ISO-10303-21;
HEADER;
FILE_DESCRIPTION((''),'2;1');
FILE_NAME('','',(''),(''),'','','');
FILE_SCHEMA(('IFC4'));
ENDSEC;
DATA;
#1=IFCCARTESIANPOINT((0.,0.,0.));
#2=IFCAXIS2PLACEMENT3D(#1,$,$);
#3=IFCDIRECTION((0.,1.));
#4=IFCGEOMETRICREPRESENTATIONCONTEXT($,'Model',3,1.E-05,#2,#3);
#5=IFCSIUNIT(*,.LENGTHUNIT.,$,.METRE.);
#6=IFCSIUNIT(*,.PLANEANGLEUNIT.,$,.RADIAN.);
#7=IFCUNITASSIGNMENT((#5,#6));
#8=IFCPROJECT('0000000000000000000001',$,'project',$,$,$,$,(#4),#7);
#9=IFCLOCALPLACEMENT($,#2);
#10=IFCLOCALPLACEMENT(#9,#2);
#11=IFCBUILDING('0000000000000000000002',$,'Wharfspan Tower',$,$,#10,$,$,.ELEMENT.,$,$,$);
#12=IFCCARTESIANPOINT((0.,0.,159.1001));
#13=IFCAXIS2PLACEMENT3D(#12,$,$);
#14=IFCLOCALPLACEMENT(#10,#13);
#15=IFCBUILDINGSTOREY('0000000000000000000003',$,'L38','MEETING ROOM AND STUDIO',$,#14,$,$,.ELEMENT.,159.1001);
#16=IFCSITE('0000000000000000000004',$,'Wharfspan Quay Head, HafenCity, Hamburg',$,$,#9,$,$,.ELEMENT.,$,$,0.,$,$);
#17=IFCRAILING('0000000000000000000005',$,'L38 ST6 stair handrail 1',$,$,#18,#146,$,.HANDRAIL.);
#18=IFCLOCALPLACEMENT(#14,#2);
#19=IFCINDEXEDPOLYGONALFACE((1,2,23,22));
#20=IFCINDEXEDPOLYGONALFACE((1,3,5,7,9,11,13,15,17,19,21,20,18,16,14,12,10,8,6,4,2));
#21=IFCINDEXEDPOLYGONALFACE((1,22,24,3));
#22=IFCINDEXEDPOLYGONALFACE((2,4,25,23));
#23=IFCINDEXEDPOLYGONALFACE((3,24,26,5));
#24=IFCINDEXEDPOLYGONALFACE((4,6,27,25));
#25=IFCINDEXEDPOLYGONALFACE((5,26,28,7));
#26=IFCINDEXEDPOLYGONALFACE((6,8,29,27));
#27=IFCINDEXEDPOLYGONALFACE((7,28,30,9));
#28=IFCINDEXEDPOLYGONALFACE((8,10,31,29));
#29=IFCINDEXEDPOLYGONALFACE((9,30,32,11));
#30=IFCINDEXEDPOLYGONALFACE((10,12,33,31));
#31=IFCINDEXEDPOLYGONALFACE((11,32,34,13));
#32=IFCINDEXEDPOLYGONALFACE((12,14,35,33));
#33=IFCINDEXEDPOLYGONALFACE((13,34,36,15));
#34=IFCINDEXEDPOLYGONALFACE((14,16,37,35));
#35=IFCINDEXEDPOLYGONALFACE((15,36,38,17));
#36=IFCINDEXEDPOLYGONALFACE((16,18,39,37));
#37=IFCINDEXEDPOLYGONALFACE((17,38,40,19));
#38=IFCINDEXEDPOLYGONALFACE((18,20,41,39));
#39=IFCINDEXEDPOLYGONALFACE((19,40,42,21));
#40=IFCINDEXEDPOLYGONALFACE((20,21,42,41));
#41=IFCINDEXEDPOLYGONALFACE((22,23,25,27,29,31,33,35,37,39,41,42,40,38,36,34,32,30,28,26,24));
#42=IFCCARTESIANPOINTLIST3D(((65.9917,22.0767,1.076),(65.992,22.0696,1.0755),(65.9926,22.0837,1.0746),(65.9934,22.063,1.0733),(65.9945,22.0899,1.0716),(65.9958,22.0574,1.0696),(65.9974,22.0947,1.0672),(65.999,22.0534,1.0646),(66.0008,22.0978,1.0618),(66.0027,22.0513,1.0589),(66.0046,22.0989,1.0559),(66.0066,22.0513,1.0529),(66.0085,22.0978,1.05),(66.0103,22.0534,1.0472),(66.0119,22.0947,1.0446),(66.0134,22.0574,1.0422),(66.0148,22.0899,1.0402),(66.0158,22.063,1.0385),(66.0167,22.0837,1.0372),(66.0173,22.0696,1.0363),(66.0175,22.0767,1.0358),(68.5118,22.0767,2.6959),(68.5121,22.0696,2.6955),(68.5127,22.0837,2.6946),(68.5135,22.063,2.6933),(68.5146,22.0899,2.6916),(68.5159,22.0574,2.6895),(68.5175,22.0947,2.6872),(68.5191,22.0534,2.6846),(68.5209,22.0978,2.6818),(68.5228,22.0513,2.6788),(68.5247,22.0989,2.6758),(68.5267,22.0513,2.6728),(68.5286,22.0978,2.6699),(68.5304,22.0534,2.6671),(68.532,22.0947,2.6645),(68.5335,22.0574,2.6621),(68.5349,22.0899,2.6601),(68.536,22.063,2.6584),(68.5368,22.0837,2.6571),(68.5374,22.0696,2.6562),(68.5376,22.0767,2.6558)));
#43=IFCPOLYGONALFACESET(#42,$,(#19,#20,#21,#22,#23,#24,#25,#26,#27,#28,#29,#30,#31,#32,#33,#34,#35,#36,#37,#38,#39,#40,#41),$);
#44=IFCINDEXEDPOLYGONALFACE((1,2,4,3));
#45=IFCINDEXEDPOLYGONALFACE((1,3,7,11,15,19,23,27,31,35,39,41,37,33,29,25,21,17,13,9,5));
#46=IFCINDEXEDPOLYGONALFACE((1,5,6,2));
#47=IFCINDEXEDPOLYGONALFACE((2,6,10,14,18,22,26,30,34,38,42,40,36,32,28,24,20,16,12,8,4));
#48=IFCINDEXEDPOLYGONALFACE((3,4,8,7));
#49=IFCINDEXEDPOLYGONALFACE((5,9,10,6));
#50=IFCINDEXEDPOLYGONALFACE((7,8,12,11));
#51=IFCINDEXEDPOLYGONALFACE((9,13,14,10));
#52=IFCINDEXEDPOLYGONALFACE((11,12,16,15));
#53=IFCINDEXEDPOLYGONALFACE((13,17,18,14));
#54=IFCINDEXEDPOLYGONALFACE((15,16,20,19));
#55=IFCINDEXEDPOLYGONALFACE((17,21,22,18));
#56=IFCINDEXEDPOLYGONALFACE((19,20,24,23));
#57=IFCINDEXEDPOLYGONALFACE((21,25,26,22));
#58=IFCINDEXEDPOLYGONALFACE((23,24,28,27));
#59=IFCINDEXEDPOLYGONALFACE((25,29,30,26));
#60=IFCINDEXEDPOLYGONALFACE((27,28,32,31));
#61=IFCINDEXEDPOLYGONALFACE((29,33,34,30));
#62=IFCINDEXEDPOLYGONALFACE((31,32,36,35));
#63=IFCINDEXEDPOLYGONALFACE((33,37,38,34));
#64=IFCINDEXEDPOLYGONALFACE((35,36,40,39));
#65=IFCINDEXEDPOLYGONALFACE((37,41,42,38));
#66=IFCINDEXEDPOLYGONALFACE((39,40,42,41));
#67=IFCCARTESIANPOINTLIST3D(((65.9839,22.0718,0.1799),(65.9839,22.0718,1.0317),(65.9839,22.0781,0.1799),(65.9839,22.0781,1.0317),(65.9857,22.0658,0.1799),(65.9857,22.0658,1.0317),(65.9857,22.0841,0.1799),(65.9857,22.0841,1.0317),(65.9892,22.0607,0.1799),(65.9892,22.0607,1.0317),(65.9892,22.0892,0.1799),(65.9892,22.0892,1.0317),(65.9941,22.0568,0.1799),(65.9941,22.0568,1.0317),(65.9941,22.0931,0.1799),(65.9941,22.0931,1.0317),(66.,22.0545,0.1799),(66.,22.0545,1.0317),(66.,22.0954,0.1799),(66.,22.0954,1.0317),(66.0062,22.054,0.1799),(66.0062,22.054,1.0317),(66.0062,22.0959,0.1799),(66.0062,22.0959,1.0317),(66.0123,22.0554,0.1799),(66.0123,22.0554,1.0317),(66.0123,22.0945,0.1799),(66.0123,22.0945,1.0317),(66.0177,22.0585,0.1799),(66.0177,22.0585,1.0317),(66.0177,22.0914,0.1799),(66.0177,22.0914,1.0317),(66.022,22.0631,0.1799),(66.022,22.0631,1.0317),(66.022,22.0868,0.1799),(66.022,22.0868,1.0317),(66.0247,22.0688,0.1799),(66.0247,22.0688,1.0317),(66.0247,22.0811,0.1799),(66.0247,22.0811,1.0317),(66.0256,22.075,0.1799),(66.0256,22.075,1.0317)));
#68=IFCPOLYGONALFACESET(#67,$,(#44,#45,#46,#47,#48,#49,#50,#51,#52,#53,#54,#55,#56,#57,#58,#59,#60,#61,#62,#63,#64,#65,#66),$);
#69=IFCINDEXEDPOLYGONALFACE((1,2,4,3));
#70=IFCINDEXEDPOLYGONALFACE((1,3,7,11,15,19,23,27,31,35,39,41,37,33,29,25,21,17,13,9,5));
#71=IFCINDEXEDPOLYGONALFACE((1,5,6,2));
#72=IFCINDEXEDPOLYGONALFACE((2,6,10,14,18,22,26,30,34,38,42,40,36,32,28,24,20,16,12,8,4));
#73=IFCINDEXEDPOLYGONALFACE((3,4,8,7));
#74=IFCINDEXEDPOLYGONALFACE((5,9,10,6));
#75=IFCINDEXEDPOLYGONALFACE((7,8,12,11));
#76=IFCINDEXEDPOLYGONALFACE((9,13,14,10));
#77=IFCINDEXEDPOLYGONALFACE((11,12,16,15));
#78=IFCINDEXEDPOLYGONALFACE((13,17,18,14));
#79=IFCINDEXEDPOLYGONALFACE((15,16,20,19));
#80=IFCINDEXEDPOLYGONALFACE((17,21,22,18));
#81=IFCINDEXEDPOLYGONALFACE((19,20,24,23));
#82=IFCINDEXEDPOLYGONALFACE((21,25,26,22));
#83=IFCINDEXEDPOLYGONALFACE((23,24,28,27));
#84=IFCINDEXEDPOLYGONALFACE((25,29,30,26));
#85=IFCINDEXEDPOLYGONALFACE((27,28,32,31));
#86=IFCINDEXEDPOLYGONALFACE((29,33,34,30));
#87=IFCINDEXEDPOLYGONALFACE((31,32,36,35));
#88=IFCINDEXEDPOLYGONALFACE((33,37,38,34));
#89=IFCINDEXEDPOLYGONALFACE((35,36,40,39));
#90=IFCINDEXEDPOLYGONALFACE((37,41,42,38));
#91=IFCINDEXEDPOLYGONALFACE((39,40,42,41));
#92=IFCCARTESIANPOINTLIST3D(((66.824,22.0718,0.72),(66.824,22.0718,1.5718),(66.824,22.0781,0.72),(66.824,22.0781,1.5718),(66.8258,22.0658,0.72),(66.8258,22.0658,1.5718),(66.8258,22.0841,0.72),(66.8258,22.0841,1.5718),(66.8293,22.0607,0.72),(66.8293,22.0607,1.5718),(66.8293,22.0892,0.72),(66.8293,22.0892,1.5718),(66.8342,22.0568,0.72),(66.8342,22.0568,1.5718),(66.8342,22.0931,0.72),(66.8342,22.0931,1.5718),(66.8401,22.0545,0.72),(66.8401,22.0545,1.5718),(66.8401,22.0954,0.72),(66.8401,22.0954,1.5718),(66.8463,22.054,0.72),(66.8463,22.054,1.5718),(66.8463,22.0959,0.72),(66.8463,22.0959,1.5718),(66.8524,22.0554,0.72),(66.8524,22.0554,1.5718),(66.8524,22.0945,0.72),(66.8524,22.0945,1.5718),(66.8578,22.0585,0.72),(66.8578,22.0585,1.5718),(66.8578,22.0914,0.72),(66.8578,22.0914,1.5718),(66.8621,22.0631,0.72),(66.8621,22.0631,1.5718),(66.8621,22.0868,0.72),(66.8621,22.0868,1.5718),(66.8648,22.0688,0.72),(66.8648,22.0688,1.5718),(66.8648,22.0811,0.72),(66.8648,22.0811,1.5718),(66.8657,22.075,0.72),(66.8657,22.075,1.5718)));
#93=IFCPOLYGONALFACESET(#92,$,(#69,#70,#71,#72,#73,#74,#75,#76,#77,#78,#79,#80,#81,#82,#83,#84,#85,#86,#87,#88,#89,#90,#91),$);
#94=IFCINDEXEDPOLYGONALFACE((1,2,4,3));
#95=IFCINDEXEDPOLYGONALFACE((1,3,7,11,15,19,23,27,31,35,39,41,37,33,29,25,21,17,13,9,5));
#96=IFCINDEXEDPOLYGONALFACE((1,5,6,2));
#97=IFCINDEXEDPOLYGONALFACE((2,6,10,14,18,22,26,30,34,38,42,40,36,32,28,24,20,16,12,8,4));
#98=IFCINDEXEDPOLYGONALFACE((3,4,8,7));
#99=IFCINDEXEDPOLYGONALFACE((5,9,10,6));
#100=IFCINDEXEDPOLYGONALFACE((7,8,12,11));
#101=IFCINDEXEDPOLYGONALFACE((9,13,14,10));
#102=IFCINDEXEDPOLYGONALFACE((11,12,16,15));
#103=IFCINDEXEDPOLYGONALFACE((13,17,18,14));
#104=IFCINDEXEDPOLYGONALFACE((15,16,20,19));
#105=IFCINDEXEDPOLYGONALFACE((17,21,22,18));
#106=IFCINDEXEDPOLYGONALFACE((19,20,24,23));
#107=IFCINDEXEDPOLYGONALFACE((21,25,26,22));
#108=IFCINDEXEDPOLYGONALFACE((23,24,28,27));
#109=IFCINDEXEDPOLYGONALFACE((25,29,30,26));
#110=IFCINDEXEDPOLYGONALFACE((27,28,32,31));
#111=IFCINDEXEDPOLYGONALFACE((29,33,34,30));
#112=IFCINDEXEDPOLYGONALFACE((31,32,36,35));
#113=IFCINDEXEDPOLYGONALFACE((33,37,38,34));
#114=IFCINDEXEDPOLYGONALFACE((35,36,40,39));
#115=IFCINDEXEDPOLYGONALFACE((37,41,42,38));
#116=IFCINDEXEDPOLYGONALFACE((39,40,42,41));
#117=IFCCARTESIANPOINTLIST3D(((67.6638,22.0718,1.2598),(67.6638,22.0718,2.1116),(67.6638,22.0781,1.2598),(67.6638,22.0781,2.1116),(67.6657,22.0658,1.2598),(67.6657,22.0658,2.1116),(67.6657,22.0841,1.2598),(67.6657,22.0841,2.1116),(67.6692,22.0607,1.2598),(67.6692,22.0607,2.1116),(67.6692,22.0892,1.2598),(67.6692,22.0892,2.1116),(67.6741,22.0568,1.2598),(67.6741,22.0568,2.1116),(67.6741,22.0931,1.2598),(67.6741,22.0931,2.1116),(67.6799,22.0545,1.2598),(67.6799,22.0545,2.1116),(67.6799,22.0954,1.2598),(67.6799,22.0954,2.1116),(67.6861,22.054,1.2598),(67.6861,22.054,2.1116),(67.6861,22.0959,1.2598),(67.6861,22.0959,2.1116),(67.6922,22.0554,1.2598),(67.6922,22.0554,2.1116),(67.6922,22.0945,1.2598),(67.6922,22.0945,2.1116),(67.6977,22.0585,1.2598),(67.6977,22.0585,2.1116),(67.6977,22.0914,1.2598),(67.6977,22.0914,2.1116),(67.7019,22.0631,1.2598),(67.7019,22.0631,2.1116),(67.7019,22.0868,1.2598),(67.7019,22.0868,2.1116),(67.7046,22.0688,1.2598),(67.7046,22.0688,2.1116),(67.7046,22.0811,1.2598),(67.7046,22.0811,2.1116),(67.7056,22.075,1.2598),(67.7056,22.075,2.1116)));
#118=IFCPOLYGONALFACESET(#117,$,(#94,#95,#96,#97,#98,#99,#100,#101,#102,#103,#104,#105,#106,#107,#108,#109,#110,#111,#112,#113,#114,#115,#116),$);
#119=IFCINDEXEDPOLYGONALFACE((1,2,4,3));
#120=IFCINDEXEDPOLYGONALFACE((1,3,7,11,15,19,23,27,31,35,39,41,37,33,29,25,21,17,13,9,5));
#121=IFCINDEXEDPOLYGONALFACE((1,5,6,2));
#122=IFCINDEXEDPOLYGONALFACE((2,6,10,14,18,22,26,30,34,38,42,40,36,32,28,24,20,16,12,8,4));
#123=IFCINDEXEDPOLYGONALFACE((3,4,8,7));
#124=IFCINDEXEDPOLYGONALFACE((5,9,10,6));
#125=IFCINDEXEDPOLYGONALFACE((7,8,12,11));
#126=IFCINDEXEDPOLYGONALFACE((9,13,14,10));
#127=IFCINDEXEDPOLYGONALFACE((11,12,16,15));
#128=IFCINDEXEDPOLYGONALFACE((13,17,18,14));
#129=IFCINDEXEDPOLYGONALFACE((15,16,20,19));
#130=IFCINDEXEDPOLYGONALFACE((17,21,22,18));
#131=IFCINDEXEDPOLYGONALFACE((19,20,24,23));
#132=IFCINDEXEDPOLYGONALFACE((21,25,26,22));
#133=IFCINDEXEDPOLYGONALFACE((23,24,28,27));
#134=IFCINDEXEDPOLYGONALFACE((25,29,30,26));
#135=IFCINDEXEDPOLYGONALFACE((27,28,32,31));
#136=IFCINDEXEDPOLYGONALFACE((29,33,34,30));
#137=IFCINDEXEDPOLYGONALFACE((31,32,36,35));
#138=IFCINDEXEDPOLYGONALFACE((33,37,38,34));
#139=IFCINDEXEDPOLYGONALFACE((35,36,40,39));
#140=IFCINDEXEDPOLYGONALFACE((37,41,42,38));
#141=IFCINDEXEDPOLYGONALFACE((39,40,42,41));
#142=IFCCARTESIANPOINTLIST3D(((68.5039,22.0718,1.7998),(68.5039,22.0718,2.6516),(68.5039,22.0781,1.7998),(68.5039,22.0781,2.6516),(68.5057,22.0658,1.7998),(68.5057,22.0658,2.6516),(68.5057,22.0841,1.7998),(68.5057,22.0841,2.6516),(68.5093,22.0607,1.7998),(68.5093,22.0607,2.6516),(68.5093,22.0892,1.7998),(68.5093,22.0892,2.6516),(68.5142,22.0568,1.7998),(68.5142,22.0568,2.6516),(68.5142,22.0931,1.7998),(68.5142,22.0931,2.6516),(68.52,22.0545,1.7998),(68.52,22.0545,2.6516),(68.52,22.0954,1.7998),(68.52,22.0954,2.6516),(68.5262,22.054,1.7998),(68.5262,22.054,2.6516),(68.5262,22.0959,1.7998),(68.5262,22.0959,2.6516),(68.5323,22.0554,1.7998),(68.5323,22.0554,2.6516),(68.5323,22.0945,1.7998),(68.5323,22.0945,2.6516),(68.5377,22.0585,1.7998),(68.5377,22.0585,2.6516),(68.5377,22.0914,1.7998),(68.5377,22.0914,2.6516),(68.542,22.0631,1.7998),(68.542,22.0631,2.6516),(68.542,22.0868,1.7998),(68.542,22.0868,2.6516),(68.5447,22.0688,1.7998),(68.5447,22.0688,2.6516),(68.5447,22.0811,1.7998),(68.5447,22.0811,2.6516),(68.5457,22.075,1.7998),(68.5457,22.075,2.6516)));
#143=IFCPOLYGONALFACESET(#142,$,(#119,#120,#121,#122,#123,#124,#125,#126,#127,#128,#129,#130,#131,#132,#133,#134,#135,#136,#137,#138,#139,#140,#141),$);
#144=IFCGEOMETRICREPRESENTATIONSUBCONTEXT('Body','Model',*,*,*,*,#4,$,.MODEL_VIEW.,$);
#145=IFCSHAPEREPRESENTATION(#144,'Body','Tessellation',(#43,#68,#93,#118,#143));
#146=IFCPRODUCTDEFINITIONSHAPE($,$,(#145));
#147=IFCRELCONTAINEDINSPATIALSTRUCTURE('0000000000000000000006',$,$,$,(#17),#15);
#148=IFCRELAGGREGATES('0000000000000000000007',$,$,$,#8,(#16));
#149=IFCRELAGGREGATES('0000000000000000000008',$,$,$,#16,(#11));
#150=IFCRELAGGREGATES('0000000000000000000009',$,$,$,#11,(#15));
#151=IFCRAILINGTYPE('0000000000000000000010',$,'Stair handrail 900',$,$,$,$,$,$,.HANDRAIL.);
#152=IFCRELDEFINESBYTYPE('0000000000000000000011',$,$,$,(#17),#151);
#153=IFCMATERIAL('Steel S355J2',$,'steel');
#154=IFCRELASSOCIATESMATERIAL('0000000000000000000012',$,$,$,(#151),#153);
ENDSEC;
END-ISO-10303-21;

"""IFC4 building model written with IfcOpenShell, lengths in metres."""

from ifc_helpers import new_model, si_unit, direction, frame, origin, origin_2d, place, context, subcontext, project, spatial, circle, extrude, material, type_object, element, save


model = new_model("IFC4")

# Units and contexts
model_context = context("Model", 3, precision=1e-05, world=origin(), true_north=direction((0.0, 1.0)))
body_context = subcontext(model_context, "Body", "Model", "MODEL_VIEW")
ifc_project = project(units=[si_unit("LENGTHUNIT", "METRE"), si_unit("PLANEANGLEUNIT", "RADIAN")], contexts=[model_context])

# Site, building, storey
site_placement = place(None, origin())
site = spatial("IfcSite", under=ifc_project, at=site_placement, Name="Wharfspan Quay Head, HafenCity, Hamburg", CompositionType="ELEMENT", RefElevation=0.0)
building_placement = place(site_placement, origin())
building = spatial("IfcBuilding", under=site, at=building_placement, Name="Wharfspan Tower", CompositionType="ELEMENT")
storey_placement = place(building_placement, frame((0.0, 0.0, 159.1001)))
storey = spatial("IfcBuildingStorey", under=building, at=storey_placement, Name="L38", Description="MEETING ROOM AND STUDIO", CompositionType="ELEMENT", Elevation=159.1001)

# Railing
ifc_material_1 = material(Name="Steel S355J2", Category="steel")
railing_type_1 = type_object("IfcRailingType", Name="Stair handrail 900", PredefinedType="HANDRAIL", material=ifc_material_1)
railing_1_placement = place(storey_placement, frame((66.0046, 22.075, 0.1799)))
element("IfcRailing", 1, at=railing_1_placement, inside=storey, type_object=railing_type_1, Name="L38 ST6 stair handrail 1", PredefinedType="HANDRAIL", context=body_context, shape_type="SweptSolid", body=[
    extrude(circle(Radius=0.0239, at=origin_2d()), frame((0.0, 0.0, 0.876), z_axis=(0.8412, 0.0, 0.540725), x_axis=(0.0, 1.0, 0.0)), (0.0, 0.0, 1.0), 2.9958),
    extrude(circle(Radius=0.021, at=origin_2d()), origin(), (0.0, 0.0, 1.0), 0.8518),
    extrude(circle(Radius=0.021, at=origin_2d()), frame((0.8401, 0.0, 0.54)), (0.0, 0.0, 1.0), 0.8518),
    extrude(circle(Radius=0.021, at=origin_2d()), frame((1.6799, 0.0, 1.0798)), (0.0, 0.0, 1.0), 0.8518),
    extrude(circle(Radius=0.021, at=origin_2d()), frame((2.52, 0.0, 1.6199)), (0.0, 0.0, 1.0), 0.8518),
])

save(model, "model.ifc")
